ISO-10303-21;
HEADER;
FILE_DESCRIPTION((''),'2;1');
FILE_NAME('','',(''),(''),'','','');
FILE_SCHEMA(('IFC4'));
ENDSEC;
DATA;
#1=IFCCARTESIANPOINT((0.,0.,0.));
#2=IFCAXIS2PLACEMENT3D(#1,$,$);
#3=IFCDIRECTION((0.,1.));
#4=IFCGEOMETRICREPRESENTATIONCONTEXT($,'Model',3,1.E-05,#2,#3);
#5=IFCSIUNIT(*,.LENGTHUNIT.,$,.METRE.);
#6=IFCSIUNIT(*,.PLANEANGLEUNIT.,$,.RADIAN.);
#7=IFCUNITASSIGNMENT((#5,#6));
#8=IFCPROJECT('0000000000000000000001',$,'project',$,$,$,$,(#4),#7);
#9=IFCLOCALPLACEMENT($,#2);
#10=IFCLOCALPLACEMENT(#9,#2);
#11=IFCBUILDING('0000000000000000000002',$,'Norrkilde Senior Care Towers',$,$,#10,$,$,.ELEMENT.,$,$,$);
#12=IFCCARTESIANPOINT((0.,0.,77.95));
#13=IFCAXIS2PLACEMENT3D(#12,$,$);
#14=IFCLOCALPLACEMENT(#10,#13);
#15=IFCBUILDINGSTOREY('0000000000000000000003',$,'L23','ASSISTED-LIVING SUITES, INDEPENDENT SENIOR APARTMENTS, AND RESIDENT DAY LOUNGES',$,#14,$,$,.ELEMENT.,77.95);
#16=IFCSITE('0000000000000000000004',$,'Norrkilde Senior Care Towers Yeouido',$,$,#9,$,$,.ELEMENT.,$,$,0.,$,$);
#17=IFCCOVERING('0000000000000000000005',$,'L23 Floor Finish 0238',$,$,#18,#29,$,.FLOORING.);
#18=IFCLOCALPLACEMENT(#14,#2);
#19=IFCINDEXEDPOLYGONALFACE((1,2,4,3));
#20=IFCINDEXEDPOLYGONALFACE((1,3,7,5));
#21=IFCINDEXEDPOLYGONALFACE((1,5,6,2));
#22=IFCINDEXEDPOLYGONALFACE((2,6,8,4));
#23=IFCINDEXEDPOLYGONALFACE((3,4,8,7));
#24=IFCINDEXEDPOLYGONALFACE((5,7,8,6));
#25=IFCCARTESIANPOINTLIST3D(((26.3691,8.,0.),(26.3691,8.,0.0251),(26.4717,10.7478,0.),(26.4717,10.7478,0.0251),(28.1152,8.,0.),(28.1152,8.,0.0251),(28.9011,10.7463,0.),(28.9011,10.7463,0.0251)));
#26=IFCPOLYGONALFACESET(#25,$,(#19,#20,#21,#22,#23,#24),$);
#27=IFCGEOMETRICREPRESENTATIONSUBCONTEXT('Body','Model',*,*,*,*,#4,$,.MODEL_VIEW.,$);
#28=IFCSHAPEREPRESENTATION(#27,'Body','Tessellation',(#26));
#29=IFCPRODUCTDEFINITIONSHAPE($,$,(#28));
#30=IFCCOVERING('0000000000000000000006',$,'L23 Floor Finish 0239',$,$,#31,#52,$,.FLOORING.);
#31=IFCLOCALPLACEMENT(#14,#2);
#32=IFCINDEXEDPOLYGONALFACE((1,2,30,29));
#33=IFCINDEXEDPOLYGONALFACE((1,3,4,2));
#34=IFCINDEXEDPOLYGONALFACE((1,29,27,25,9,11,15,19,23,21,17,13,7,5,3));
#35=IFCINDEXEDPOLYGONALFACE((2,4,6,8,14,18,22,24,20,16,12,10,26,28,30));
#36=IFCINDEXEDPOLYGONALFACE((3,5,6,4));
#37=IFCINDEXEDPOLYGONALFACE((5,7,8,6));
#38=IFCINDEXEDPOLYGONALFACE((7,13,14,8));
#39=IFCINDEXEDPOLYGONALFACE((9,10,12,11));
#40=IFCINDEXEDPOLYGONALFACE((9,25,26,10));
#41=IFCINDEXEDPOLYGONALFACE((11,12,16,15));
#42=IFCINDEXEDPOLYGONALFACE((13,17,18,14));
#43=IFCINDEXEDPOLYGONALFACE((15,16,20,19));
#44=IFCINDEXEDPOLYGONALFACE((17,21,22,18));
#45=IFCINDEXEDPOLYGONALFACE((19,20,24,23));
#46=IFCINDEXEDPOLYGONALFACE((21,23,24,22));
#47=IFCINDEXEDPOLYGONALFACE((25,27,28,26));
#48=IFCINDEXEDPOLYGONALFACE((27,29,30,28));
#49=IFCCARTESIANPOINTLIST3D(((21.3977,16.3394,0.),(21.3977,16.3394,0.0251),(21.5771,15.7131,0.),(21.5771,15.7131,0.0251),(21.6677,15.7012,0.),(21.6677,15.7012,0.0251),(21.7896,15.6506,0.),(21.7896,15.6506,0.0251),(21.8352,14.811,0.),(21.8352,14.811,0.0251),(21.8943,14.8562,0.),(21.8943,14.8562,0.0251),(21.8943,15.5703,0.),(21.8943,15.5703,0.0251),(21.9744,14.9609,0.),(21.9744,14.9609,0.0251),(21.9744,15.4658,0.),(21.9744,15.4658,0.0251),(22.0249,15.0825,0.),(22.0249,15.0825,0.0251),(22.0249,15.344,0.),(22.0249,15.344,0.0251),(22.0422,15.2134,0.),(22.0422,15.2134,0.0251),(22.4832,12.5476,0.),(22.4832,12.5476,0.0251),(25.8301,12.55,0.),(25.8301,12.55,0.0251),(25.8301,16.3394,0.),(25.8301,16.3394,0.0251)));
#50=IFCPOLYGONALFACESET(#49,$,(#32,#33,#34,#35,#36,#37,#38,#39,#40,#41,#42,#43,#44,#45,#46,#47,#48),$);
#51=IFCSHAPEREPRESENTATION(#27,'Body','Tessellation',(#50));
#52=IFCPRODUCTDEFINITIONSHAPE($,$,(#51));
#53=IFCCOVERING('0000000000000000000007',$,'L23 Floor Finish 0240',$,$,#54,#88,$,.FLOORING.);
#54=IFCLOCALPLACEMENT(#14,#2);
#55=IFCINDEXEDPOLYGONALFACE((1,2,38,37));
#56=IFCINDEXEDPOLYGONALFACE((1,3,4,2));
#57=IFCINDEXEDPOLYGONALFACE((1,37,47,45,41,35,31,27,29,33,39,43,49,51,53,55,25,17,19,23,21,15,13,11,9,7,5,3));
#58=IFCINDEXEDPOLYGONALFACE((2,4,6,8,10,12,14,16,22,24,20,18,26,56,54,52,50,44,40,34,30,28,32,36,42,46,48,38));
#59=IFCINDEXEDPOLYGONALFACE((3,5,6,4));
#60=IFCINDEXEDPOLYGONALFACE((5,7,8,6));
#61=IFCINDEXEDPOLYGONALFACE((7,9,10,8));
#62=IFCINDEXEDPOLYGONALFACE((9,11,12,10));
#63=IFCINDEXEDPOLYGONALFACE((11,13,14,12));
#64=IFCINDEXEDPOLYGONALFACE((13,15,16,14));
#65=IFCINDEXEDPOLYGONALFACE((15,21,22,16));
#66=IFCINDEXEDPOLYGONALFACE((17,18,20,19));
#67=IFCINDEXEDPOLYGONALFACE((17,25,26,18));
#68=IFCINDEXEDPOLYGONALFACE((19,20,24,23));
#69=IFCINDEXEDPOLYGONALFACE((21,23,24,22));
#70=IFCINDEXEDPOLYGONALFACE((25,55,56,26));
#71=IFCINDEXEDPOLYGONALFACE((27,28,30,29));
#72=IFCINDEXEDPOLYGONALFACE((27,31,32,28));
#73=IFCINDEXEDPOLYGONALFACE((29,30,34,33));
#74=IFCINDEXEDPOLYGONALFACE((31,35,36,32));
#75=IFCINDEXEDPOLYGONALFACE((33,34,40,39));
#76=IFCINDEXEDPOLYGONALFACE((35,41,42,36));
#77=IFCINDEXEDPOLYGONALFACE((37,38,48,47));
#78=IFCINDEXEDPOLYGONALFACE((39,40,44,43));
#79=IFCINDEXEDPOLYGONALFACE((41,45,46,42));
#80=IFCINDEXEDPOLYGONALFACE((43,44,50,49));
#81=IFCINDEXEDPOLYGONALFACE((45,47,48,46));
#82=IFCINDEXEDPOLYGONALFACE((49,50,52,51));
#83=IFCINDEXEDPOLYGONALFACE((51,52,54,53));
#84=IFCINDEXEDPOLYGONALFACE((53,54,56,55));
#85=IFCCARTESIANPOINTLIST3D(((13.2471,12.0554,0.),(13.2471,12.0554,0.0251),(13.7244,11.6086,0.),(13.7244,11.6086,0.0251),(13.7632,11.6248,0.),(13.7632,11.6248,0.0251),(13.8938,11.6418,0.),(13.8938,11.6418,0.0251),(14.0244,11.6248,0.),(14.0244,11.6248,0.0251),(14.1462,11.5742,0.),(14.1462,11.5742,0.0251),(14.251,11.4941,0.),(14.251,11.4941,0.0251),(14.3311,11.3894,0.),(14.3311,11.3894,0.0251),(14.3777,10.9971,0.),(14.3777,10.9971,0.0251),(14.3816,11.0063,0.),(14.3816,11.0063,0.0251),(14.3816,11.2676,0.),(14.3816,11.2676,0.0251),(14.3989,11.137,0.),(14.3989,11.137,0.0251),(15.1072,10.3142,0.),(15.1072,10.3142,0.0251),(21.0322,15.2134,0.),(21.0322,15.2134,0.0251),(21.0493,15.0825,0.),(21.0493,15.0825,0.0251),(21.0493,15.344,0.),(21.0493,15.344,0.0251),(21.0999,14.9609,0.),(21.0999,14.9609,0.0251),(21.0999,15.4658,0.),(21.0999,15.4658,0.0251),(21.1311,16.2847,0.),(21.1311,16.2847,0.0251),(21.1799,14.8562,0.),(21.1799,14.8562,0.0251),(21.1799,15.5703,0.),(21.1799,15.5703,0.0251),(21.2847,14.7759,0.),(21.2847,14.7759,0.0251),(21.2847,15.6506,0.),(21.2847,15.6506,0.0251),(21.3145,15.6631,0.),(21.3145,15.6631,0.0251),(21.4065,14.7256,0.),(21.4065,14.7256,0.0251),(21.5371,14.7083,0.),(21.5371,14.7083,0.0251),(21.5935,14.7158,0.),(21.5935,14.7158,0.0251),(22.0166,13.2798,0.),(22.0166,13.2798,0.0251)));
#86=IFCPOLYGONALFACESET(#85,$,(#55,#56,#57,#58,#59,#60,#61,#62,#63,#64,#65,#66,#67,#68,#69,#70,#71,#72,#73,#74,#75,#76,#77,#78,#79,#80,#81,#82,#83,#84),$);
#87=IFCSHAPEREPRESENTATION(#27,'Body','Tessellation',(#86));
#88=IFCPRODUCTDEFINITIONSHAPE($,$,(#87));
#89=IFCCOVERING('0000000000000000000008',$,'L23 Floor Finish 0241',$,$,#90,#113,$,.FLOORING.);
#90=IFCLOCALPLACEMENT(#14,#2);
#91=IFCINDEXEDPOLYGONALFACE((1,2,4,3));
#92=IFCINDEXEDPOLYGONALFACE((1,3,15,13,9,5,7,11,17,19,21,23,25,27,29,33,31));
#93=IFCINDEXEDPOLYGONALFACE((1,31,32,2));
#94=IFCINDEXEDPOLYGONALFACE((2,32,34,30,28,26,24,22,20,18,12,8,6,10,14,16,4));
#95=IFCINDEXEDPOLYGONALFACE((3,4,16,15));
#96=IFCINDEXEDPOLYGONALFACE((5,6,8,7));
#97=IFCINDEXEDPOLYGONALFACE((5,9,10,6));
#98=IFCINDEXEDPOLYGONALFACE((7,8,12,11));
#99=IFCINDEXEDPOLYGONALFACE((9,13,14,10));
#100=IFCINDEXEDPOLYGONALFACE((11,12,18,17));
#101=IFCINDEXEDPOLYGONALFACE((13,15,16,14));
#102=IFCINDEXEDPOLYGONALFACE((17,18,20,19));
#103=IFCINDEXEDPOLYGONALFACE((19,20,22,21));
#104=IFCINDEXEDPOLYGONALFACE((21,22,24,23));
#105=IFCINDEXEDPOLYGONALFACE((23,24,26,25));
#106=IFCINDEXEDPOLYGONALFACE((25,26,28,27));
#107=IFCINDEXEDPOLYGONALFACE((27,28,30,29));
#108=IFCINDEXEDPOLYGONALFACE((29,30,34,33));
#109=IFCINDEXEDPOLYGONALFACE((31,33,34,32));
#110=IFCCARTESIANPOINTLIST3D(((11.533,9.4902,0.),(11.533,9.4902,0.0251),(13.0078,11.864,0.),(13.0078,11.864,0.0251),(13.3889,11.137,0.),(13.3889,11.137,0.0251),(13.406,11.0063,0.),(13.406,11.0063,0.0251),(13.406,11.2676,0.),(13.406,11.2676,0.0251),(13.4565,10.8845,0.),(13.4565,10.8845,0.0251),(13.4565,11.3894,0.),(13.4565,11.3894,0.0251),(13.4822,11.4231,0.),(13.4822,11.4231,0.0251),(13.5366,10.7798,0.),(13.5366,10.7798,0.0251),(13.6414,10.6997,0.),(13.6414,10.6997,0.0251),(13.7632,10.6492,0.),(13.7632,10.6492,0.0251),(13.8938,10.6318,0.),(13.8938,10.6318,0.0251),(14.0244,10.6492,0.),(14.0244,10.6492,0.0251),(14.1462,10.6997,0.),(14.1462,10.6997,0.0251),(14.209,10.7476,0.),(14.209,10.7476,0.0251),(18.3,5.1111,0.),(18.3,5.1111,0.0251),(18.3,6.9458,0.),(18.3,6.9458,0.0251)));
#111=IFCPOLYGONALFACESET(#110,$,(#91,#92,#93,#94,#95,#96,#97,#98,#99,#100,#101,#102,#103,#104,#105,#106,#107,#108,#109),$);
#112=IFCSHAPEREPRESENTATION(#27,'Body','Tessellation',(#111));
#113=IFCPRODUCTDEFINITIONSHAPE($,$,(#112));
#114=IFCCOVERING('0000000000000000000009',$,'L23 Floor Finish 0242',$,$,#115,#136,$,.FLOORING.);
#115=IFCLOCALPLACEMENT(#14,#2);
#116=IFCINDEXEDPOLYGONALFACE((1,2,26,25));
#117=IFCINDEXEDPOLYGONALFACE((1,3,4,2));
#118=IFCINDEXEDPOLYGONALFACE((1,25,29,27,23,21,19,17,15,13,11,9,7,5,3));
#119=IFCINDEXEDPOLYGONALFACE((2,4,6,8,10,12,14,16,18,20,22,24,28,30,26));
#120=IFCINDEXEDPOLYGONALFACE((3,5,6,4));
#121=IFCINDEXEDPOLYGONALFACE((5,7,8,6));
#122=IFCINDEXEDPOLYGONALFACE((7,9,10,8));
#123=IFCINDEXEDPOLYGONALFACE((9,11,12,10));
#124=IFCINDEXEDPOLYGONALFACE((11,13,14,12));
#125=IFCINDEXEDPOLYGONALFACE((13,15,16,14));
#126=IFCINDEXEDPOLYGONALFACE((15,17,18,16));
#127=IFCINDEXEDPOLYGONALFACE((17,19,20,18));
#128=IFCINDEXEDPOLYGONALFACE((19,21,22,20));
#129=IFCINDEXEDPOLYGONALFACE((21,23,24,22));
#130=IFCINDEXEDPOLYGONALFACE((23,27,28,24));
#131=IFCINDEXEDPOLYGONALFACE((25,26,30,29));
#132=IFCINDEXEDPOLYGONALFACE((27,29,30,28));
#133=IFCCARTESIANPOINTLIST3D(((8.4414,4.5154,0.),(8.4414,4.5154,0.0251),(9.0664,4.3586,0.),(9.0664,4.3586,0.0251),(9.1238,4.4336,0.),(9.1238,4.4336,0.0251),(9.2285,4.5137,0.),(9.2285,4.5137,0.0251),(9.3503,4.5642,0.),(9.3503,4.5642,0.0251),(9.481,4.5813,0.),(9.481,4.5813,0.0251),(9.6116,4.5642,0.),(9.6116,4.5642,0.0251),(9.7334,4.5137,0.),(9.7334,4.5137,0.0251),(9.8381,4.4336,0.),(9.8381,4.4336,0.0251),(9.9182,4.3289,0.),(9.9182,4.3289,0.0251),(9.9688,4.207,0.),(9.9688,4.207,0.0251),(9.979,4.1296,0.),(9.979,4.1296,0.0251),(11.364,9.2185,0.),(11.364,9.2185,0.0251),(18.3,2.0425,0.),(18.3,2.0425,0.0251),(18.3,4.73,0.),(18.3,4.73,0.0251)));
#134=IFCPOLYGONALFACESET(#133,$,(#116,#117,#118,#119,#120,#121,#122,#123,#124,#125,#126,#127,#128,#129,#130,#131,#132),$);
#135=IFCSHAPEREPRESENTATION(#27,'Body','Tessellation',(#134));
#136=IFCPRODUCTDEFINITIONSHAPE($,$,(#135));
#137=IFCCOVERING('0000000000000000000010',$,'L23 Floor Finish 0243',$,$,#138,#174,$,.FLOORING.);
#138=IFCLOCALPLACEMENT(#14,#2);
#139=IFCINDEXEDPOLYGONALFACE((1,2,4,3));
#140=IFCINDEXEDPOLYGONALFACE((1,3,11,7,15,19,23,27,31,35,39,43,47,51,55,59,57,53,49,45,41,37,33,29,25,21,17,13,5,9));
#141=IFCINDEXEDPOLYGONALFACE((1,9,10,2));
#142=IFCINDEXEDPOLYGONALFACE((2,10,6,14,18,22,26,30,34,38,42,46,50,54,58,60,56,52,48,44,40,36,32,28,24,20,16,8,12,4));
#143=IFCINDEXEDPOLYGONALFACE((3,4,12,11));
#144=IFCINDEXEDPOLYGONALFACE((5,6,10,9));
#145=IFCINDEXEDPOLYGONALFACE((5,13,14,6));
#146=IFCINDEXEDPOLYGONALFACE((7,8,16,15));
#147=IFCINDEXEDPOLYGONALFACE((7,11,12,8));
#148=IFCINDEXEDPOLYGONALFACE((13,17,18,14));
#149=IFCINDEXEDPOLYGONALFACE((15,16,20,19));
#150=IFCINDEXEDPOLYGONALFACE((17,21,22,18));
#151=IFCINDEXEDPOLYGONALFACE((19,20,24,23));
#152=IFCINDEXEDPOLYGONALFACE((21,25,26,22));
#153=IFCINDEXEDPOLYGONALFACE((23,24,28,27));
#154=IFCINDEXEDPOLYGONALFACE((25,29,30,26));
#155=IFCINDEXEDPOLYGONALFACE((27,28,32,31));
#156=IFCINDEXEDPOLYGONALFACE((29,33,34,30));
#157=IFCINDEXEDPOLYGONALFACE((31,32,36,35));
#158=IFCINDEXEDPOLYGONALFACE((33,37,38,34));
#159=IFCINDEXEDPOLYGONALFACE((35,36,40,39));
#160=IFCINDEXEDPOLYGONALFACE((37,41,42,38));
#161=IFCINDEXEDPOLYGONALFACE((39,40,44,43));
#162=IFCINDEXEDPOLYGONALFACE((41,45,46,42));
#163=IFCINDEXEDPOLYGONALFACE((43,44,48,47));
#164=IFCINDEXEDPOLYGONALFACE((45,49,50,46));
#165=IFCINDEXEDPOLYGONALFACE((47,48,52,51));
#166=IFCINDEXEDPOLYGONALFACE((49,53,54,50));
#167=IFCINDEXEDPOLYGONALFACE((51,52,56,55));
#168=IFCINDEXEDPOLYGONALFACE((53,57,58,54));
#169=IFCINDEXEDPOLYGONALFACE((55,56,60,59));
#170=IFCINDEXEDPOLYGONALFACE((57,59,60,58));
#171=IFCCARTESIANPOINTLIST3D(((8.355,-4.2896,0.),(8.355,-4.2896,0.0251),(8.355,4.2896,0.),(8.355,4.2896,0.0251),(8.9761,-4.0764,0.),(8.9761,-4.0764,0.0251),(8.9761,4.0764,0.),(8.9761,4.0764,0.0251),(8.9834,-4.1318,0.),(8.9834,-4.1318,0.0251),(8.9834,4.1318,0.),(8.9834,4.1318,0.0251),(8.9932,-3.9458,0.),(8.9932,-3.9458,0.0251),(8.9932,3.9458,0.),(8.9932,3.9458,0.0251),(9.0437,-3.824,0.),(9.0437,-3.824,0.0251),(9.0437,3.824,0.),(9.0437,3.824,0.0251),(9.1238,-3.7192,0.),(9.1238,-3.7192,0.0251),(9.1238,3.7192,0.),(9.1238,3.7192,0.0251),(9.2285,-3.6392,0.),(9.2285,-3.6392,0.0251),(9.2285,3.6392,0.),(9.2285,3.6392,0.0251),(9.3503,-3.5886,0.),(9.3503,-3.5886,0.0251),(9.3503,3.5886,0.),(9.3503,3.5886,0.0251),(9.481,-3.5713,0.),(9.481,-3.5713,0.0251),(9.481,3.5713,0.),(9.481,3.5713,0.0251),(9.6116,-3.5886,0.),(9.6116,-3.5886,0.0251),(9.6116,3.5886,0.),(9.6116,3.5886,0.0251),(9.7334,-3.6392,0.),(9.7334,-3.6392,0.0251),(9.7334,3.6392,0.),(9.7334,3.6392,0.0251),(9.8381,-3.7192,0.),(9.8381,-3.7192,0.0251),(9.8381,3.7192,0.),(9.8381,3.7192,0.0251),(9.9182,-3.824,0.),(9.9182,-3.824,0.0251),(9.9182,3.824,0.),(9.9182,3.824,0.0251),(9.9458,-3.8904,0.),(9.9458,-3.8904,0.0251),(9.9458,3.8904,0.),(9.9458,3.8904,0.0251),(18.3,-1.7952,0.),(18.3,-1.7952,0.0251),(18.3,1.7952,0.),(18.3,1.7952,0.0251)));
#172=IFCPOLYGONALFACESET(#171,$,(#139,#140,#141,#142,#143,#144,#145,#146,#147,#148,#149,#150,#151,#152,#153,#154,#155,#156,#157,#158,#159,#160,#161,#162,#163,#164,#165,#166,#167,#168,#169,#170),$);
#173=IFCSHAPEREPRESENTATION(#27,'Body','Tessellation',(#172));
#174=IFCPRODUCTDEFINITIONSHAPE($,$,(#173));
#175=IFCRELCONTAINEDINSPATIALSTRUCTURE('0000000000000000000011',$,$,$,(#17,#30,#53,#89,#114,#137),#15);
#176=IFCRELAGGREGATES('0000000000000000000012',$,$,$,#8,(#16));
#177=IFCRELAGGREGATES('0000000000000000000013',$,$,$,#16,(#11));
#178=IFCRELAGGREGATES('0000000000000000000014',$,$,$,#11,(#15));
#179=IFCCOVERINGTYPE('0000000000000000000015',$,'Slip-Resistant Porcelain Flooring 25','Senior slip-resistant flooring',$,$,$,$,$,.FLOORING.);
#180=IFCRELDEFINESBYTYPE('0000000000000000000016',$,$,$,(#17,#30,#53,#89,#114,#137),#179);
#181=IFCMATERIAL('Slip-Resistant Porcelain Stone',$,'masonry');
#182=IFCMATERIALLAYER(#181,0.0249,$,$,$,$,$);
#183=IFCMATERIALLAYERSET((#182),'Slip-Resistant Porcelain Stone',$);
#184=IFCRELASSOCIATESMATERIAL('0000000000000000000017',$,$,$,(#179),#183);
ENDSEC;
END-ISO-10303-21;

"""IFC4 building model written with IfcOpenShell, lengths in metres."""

from ifc_helpers import new_model, si_unit, direction, frame, origin, place, context, subcontext, project, spatial, polyline, outline, extrude, material, layer, layer_set, type_object, element, save


model = new_model("IFC4")

# Units and contexts
model_context = context("Model", 3, precision=1e-05, world=origin(), true_north=direction((0.0, 1.0)))
body_context = subcontext(model_context, "Body", "Model", "MODEL_VIEW")
ifc_project = project(units=[si_unit("LENGTHUNIT", "METRE"), si_unit("PLANEANGLEUNIT", "RADIAN")], contexts=[model_context])

# Site, building, storey
site_placement = place(None, origin())
site = spatial("IfcSite", under=ifc_project, at=site_placement, Name="Norrkilde Senior Care Towers Yeouido", CompositionType="ELEMENT", RefElevation=0.0)
building_placement = place(site_placement, origin())
building = spatial("IfcBuilding", under=site, at=building_placement, Name="Norrkilde Senior Care Towers", CompositionType="ELEMENT")
storey_placement = place(building_placement, frame((0.0, 0.0, 77.95)))
storey = spatial("IfcBuildingStorey", under=building, at=storey_placement, Name="L23", Description="ASSISTED-LIVING SUITES, INDEPENDENT SENIOR APARTMENTS, AND RESIDENT DAY LOUNGES", CompositionType="ELEMENT", Elevation=77.95)

# Coverings
ifc_material_1 = material(Name="Slip-Resistant Porcelain Stone", Category="masonry")
ifc_layer_1 = layer(ifc_material_1, 0.0249)
ifc_layer_set_1 = layer_set([ifc_layer_1], Name="Slip-Resistant Porcelain Stone")
covering_type_1 = type_object("IfcCoveringType", Name="Slip-Resistant Porcelain Flooring 25", Description="Senior slip-resistant flooring", PredefinedType="FLOORING", material=ifc_layer_set_1)
covering_1_placement = place(storey_placement, origin())
element("IfcCovering", 1, at=covering_1_placement, inside=storey, type_object=covering_type_1, Name="L23 Floor Finish 0238", PredefinedType="FLOORING", context=body_context, shape_type="SweptSolid", body=[
    extrude(outline(polyline([(28.9011, 10.7463), (28.1152, 8.0), (26.3691, 8.0), (26.4717, 10.7478), (28.9011, 10.7463)])), origin(), (0.0, 0.0, 1.0), 0.0251),
])
covering_2_placement = place(storey_placement, origin())
element("IfcCovering", 2, at=covering_2_placement, inside=storey, type_object=covering_type_1, Name="L23 Floor Finish 0239", PredefinedType="FLOORING", context=body_context, shape_type="SweptSolid", body=[
    extrude(outline(polyline([(21.8352, 14.811), (21.8943, 14.8562), (21.9744, 14.9609), (22.0249, 15.0825), (22.0422, 15.2134), (22.0249, 15.344), (21.9744, 15.4658), (21.8943, 15.5703), (21.7896, 15.6506), (21.6677, 15.7012), (21.5771, 15.7131), (21.3977, 16.3394), (25.8301, 16.3394), (25.8301, 12.55), (22.4832, 12.5476), (21.8352, 14.811)])), origin(), (0.0, 0.0, 1.0), 0.0251),
])
covering_3_placement = place(storey_placement, origin())
element("IfcCovering", 3, at=covering_3_placement, inside=storey, type_object=covering_type_1, Name="L23 Floor Finish 0240", PredefinedType="FLOORING", context=body_context, shape_type="SweptSolid", body=[
    extrude(outline(polyline([(14.3777, 10.9971), (14.3816, 11.0063), (14.3989, 11.137), (14.3816, 11.2676), (14.3311, 11.3894), (14.251, 11.4941), (14.1462, 11.5742), (14.0244, 11.6248), (13.8938, 11.6418), (13.7632, 11.6248), (13.7244, 11.6086), (13.2471, 12.0554), (21.1311, 16.2847), (21.3145, 15.6631), (21.2847, 15.6506), (21.1799, 15.5703), (21.0999, 15.4658), (21.0493, 15.344), (21.0322, 15.2134), (21.0493, 15.0825), (21.0999, 14.9609), (21.1799, 14.8562), (21.2847, 14.7759), (21.4065, 14.7256), (21.5371, 14.7083), (21.5935, 14.7158), (22.0166, 13.2798), (15.1072, 10.3142), (14.3777, 10.9971)])), origin(), (0.0, 0.0, 1.0), 0.0251),
])
covering_4_placement = place(storey_placement, origin())
element("IfcCovering", 4, at=covering_4_placement, inside=storey, type_object=covering_type_1, Name="L23 Floor Finish 0241", PredefinedType="FLOORING", context=body_context, shape_type="SweptSolid", body=[
    extrude(outline(polyline([(13.4822, 11.4231), (13.4565, 11.3894), (13.406, 11.2676), (13.3889, 11.137), (13.406, 11.0063), (13.4565, 10.8845), (13.5366, 10.7798), (13.6414, 10.6997), (13.7632, 10.6492), (13.8938, 10.6318), (14.0244, 10.6492), (14.1462, 10.6997), (14.209, 10.7476), (18.3, 6.9458), (18.3, 5.1111), (11.533, 9.4902), (13.0078, 11.864), (13.4822, 11.4231)])), origin(), (0.0, 0.0, 1.0), 0.0251),
])
covering_5_placement = place(storey_placement, origin())
element("IfcCovering", 5, at=covering_5_placement, inside=storey, type_object=covering_type_1, Name="L23 Floor Finish 0242", PredefinedType="FLOORING", context=body_context, shape_type="SweptSolid", body=[
    extrude(outline(polyline([(11.364, 9.2185), (18.3, 4.73), (18.3, 2.0425), (9.979, 4.1296), (9.9688, 4.207), (9.9182, 4.3289), (9.8381, 4.4336), (9.7334, 4.5137), (9.6116, 4.5642), (9.481, 4.5813), (9.3503, 4.5642), (9.2285, 4.5137), (9.1238, 4.4336), (9.0664, 4.3586), (8.4414, 4.5154), (11.364, 9.2185)])), origin(), (0.0, 0.0, 1.0), 0.0251),
])
covering_6_placement = place(storey_placement, origin())
element("IfcCovering", 6, at=covering_6_placement, inside=storey, type_object=covering_type_1, Name="L23 Floor Finish 0243", PredefinedType="FLOORING", context=body_context, shape_type="SweptSolid", body=[
    extrude(outline(polyline([(8.9761, 4.0764), (8.9932, 3.9458), (9.0437, 3.824), (9.1238, 3.7192), (9.2285, 3.6392), (9.3503, 3.5886), (9.481, 3.5713), (9.6116, 3.5886), (9.7334, 3.6392), (9.8381, 3.7192), (9.9182, 3.824), (9.9458, 3.8904), (18.3, 1.7952), (18.3, -1.7952), (9.9458, -3.8904), (9.9182, -3.824), (9.8381, -3.7192), (9.7334, -3.6392), (9.6116, -3.5886), (9.481, -3.5713), (9.3503, -3.5886), (9.2285, -3.6392), (9.1238, -3.7192), (9.0437, -3.824), (8.9932, -3.9458), (8.9761, -4.0764), (8.9834, -4.1318), (8.355, -4.2896), (8.355, 4.2896), (8.9834, 4.1318), (8.9761, 4.0764)])), origin(), (0.0, 0.0, 1.0), 0.0251),
])

save(model, "model.ifc")
